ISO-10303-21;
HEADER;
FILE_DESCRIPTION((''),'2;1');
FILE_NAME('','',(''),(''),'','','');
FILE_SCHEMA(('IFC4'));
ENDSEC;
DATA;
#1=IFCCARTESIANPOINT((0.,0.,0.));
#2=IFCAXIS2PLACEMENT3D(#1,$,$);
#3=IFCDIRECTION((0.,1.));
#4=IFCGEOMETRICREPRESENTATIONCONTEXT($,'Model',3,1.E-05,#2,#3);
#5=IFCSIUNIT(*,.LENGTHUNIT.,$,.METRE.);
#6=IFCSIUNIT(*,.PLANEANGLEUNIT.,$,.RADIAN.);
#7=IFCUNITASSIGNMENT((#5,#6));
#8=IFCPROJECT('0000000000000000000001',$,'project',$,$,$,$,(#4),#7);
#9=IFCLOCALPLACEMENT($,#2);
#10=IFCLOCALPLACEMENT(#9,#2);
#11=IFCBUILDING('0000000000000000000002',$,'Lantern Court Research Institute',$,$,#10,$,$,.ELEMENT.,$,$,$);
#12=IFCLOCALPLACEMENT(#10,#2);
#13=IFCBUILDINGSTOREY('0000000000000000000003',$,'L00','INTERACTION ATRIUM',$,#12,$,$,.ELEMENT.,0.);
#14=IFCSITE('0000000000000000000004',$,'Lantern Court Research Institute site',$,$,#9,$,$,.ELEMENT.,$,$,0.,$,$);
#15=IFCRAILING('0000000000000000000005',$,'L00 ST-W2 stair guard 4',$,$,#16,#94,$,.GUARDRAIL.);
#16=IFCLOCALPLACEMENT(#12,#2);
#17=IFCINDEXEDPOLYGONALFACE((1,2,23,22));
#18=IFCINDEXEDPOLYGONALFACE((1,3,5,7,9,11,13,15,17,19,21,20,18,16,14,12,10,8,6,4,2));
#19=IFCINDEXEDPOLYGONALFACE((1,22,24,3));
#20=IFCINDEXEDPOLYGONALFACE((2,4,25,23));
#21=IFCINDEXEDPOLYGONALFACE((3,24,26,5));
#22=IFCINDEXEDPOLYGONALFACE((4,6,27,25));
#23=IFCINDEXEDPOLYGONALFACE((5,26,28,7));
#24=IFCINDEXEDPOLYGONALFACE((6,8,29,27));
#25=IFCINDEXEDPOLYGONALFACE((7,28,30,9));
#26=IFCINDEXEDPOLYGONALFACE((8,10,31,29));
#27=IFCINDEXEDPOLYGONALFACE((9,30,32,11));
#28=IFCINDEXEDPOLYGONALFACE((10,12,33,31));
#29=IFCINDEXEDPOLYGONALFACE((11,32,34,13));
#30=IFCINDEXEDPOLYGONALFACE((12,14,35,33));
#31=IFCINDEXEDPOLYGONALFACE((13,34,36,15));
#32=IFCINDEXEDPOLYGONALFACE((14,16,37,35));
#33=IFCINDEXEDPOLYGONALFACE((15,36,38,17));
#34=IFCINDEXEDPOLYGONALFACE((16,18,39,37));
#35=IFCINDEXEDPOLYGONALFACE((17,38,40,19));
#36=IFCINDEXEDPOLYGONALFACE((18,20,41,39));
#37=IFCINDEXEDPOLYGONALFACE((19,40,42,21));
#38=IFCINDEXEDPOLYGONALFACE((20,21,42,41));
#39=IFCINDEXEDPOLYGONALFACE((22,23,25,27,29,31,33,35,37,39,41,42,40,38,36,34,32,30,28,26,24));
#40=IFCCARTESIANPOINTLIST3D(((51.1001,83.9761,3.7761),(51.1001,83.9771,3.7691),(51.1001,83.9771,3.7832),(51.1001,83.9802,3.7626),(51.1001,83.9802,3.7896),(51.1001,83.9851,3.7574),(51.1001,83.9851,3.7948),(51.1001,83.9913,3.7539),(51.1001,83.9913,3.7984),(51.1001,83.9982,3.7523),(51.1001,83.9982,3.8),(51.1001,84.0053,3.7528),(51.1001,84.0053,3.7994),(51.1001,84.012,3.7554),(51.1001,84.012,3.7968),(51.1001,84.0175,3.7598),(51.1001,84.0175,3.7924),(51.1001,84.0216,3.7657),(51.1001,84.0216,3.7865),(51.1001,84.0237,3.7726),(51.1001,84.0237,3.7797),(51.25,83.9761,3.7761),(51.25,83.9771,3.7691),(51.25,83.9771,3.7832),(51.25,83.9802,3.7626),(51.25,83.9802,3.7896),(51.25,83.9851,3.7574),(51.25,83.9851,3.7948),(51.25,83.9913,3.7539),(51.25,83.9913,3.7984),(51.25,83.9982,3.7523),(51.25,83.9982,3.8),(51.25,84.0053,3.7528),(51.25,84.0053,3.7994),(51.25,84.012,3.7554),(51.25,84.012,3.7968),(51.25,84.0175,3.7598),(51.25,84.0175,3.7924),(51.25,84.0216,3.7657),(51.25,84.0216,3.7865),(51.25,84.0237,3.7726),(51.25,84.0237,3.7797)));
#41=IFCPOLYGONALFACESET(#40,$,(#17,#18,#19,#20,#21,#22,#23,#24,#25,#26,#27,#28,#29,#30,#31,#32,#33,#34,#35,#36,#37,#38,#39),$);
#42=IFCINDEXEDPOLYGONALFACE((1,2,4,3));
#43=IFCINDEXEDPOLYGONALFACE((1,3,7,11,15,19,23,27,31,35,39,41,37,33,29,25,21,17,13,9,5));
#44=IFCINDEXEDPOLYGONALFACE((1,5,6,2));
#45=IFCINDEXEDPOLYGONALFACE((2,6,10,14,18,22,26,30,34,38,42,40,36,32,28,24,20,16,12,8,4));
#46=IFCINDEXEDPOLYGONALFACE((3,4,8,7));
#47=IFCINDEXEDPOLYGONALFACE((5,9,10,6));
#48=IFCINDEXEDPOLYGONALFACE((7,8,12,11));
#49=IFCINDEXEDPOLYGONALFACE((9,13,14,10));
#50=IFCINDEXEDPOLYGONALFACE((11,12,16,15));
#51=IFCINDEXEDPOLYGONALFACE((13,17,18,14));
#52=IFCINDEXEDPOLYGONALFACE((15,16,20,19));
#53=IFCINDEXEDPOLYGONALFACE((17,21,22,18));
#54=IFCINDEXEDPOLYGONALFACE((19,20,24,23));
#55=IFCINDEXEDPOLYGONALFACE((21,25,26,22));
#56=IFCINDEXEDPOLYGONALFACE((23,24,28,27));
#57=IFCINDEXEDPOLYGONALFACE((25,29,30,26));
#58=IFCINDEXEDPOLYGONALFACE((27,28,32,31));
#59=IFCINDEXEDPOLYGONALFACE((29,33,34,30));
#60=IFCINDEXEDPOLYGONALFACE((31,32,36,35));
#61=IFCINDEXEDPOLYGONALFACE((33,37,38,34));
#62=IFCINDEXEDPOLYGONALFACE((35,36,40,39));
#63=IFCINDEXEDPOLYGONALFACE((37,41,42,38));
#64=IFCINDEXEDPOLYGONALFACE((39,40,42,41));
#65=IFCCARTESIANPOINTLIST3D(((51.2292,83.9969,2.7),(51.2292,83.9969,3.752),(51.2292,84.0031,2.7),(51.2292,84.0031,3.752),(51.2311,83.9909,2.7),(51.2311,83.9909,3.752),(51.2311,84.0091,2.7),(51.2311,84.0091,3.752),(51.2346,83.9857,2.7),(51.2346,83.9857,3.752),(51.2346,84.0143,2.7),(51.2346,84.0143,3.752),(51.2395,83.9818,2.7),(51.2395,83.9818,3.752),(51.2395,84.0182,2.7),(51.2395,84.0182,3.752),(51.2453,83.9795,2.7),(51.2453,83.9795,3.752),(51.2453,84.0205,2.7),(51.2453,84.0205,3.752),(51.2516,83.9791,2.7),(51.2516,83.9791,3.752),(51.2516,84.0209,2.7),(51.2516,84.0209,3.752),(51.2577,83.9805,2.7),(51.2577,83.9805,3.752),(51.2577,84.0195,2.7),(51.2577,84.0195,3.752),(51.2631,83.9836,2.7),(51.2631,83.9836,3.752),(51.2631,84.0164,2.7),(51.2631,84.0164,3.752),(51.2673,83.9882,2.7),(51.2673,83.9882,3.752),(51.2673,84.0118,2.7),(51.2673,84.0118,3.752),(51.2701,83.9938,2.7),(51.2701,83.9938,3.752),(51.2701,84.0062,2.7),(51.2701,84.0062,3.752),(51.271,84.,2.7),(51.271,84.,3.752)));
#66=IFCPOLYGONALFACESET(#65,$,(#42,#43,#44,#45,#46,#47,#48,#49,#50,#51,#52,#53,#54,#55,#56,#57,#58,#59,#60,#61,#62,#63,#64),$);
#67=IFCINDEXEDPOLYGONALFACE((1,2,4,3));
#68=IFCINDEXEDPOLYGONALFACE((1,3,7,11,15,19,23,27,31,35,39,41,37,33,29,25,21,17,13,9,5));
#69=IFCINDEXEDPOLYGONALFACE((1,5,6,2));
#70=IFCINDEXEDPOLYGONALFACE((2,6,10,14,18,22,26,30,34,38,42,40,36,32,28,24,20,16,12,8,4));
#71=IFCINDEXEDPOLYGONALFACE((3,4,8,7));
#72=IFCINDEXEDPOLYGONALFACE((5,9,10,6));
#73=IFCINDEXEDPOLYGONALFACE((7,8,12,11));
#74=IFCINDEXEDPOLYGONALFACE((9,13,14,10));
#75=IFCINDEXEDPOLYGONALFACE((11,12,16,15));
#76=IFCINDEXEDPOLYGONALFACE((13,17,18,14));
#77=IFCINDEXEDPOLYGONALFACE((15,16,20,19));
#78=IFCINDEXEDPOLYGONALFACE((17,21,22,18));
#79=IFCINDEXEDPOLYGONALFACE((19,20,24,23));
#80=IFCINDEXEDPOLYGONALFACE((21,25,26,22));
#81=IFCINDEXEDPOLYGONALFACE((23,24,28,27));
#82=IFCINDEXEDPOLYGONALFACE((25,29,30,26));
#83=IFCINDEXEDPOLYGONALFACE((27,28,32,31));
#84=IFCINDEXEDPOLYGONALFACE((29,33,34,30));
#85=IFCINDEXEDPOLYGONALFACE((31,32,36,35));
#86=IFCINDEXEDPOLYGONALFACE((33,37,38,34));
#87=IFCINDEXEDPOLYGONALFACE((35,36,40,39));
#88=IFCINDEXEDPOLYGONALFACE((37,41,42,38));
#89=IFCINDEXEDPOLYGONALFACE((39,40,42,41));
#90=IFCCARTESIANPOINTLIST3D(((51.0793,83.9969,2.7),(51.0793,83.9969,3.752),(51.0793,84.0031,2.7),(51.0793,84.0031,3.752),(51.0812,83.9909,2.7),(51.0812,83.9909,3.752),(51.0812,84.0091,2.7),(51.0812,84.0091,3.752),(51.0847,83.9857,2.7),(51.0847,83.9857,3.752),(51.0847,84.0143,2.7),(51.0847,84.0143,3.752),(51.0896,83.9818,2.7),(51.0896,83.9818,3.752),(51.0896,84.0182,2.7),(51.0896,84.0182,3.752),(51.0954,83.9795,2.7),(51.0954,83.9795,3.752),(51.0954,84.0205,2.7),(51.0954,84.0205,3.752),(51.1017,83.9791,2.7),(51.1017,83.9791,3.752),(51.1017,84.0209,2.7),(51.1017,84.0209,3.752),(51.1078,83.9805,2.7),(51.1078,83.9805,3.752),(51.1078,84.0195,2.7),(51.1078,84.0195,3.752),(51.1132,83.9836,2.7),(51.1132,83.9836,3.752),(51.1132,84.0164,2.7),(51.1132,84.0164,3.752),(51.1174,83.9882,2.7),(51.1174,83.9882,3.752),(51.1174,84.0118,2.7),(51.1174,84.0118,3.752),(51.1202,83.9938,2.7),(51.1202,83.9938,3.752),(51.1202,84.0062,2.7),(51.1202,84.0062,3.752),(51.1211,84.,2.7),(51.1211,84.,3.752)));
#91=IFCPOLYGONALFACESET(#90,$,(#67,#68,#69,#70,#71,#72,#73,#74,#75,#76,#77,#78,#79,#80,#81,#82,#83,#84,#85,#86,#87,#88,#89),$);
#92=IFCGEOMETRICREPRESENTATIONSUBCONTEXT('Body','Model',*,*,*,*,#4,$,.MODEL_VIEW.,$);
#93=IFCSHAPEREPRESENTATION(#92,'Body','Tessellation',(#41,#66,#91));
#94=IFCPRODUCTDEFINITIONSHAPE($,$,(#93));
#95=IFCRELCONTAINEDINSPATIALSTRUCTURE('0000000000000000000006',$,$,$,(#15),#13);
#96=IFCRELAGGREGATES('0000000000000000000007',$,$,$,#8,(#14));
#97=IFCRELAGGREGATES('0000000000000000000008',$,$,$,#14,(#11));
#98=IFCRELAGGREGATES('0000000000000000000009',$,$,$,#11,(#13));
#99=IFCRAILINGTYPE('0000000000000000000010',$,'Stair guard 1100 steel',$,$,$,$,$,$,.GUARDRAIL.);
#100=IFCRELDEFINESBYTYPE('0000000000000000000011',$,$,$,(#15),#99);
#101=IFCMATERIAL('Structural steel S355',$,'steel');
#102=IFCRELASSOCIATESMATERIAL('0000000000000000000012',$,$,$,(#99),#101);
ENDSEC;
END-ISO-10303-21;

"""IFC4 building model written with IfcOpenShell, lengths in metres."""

from ifc_helpers import new_model, si_unit, direction, frame, origin, origin_2d, place, context, subcontext, project, spatial, circle, extrude, material, type_object, element, save


model = new_model("IFC4")

# Units and contexts
model_context = context("Model", 3, precision=1e-05, world=origin(), true_north=direction((0.0, 1.0)))
body_context = subcontext(model_context, "Body", "Model", "MODEL_VIEW")
ifc_project = project(units=[si_unit("LENGTHUNIT", "METRE"), si_unit("PLANEANGLEUNIT", "RADIAN")], contexts=[model_context])

# Site, building, storey
site_placement = place(None, origin())
site = spatial("IfcSite", under=ifc_project, at=site_placement, Name="Lantern Court Research Institute site", CompositionType="ELEMENT", RefElevation=0.0)
building_placement = place(site_placement, origin())
building = spatial("IfcBuilding", under=site, at=building_placement, Name="Lantern Court Research Institute", CompositionType="ELEMENT")
storey_placement = place(building_placement, origin())
storey = spatial("IfcBuildingStorey", under=building, at=storey_placement, Name="L00", Description="INTERACTION ATRIUM", CompositionType="ELEMENT", Elevation=0.0)

# Railing
ifc_material_1 = material(Name="Structural steel S355", Category="steel")
railing_type_1 = type_object("IfcRailingType", Name="Stair guard 1100 steel", PredefinedType="GUARDRAIL", material=ifc_material_1)
railing_1_placement = place(storey_placement, frame((51.25, 84.0, 2.7)))
element("IfcRailing", 1, at=railing_1_placement, inside=storey, type_object=railing_type_1, Name="L00 ST-W2 stair guard 4", PredefinedType="GUARDRAIL", context=body_context, shape_type="SweptSolid", body=[
    extrude(circle(Radius=0.0239, at=origin_2d()), frame((0.0, 0.0, 1.0762), z_axis=(-1.0, 0.0, 0.0), x_axis=(0.0, -1.0, 0.0)), (0.0, 0.0, 1.0), 0.1499),
    extrude(circle(Radius=0.021, at=origin_2d()), origin(), (0.0, 0.0, 1.0), 1.052),
    extrude(circle(Radius=0.021, at=origin_2d()), frame((-0.1499, 0.0, 0.0)), (0.0, 0.0, 1.0), 1.052),
])

save(model, "model.ifc")
